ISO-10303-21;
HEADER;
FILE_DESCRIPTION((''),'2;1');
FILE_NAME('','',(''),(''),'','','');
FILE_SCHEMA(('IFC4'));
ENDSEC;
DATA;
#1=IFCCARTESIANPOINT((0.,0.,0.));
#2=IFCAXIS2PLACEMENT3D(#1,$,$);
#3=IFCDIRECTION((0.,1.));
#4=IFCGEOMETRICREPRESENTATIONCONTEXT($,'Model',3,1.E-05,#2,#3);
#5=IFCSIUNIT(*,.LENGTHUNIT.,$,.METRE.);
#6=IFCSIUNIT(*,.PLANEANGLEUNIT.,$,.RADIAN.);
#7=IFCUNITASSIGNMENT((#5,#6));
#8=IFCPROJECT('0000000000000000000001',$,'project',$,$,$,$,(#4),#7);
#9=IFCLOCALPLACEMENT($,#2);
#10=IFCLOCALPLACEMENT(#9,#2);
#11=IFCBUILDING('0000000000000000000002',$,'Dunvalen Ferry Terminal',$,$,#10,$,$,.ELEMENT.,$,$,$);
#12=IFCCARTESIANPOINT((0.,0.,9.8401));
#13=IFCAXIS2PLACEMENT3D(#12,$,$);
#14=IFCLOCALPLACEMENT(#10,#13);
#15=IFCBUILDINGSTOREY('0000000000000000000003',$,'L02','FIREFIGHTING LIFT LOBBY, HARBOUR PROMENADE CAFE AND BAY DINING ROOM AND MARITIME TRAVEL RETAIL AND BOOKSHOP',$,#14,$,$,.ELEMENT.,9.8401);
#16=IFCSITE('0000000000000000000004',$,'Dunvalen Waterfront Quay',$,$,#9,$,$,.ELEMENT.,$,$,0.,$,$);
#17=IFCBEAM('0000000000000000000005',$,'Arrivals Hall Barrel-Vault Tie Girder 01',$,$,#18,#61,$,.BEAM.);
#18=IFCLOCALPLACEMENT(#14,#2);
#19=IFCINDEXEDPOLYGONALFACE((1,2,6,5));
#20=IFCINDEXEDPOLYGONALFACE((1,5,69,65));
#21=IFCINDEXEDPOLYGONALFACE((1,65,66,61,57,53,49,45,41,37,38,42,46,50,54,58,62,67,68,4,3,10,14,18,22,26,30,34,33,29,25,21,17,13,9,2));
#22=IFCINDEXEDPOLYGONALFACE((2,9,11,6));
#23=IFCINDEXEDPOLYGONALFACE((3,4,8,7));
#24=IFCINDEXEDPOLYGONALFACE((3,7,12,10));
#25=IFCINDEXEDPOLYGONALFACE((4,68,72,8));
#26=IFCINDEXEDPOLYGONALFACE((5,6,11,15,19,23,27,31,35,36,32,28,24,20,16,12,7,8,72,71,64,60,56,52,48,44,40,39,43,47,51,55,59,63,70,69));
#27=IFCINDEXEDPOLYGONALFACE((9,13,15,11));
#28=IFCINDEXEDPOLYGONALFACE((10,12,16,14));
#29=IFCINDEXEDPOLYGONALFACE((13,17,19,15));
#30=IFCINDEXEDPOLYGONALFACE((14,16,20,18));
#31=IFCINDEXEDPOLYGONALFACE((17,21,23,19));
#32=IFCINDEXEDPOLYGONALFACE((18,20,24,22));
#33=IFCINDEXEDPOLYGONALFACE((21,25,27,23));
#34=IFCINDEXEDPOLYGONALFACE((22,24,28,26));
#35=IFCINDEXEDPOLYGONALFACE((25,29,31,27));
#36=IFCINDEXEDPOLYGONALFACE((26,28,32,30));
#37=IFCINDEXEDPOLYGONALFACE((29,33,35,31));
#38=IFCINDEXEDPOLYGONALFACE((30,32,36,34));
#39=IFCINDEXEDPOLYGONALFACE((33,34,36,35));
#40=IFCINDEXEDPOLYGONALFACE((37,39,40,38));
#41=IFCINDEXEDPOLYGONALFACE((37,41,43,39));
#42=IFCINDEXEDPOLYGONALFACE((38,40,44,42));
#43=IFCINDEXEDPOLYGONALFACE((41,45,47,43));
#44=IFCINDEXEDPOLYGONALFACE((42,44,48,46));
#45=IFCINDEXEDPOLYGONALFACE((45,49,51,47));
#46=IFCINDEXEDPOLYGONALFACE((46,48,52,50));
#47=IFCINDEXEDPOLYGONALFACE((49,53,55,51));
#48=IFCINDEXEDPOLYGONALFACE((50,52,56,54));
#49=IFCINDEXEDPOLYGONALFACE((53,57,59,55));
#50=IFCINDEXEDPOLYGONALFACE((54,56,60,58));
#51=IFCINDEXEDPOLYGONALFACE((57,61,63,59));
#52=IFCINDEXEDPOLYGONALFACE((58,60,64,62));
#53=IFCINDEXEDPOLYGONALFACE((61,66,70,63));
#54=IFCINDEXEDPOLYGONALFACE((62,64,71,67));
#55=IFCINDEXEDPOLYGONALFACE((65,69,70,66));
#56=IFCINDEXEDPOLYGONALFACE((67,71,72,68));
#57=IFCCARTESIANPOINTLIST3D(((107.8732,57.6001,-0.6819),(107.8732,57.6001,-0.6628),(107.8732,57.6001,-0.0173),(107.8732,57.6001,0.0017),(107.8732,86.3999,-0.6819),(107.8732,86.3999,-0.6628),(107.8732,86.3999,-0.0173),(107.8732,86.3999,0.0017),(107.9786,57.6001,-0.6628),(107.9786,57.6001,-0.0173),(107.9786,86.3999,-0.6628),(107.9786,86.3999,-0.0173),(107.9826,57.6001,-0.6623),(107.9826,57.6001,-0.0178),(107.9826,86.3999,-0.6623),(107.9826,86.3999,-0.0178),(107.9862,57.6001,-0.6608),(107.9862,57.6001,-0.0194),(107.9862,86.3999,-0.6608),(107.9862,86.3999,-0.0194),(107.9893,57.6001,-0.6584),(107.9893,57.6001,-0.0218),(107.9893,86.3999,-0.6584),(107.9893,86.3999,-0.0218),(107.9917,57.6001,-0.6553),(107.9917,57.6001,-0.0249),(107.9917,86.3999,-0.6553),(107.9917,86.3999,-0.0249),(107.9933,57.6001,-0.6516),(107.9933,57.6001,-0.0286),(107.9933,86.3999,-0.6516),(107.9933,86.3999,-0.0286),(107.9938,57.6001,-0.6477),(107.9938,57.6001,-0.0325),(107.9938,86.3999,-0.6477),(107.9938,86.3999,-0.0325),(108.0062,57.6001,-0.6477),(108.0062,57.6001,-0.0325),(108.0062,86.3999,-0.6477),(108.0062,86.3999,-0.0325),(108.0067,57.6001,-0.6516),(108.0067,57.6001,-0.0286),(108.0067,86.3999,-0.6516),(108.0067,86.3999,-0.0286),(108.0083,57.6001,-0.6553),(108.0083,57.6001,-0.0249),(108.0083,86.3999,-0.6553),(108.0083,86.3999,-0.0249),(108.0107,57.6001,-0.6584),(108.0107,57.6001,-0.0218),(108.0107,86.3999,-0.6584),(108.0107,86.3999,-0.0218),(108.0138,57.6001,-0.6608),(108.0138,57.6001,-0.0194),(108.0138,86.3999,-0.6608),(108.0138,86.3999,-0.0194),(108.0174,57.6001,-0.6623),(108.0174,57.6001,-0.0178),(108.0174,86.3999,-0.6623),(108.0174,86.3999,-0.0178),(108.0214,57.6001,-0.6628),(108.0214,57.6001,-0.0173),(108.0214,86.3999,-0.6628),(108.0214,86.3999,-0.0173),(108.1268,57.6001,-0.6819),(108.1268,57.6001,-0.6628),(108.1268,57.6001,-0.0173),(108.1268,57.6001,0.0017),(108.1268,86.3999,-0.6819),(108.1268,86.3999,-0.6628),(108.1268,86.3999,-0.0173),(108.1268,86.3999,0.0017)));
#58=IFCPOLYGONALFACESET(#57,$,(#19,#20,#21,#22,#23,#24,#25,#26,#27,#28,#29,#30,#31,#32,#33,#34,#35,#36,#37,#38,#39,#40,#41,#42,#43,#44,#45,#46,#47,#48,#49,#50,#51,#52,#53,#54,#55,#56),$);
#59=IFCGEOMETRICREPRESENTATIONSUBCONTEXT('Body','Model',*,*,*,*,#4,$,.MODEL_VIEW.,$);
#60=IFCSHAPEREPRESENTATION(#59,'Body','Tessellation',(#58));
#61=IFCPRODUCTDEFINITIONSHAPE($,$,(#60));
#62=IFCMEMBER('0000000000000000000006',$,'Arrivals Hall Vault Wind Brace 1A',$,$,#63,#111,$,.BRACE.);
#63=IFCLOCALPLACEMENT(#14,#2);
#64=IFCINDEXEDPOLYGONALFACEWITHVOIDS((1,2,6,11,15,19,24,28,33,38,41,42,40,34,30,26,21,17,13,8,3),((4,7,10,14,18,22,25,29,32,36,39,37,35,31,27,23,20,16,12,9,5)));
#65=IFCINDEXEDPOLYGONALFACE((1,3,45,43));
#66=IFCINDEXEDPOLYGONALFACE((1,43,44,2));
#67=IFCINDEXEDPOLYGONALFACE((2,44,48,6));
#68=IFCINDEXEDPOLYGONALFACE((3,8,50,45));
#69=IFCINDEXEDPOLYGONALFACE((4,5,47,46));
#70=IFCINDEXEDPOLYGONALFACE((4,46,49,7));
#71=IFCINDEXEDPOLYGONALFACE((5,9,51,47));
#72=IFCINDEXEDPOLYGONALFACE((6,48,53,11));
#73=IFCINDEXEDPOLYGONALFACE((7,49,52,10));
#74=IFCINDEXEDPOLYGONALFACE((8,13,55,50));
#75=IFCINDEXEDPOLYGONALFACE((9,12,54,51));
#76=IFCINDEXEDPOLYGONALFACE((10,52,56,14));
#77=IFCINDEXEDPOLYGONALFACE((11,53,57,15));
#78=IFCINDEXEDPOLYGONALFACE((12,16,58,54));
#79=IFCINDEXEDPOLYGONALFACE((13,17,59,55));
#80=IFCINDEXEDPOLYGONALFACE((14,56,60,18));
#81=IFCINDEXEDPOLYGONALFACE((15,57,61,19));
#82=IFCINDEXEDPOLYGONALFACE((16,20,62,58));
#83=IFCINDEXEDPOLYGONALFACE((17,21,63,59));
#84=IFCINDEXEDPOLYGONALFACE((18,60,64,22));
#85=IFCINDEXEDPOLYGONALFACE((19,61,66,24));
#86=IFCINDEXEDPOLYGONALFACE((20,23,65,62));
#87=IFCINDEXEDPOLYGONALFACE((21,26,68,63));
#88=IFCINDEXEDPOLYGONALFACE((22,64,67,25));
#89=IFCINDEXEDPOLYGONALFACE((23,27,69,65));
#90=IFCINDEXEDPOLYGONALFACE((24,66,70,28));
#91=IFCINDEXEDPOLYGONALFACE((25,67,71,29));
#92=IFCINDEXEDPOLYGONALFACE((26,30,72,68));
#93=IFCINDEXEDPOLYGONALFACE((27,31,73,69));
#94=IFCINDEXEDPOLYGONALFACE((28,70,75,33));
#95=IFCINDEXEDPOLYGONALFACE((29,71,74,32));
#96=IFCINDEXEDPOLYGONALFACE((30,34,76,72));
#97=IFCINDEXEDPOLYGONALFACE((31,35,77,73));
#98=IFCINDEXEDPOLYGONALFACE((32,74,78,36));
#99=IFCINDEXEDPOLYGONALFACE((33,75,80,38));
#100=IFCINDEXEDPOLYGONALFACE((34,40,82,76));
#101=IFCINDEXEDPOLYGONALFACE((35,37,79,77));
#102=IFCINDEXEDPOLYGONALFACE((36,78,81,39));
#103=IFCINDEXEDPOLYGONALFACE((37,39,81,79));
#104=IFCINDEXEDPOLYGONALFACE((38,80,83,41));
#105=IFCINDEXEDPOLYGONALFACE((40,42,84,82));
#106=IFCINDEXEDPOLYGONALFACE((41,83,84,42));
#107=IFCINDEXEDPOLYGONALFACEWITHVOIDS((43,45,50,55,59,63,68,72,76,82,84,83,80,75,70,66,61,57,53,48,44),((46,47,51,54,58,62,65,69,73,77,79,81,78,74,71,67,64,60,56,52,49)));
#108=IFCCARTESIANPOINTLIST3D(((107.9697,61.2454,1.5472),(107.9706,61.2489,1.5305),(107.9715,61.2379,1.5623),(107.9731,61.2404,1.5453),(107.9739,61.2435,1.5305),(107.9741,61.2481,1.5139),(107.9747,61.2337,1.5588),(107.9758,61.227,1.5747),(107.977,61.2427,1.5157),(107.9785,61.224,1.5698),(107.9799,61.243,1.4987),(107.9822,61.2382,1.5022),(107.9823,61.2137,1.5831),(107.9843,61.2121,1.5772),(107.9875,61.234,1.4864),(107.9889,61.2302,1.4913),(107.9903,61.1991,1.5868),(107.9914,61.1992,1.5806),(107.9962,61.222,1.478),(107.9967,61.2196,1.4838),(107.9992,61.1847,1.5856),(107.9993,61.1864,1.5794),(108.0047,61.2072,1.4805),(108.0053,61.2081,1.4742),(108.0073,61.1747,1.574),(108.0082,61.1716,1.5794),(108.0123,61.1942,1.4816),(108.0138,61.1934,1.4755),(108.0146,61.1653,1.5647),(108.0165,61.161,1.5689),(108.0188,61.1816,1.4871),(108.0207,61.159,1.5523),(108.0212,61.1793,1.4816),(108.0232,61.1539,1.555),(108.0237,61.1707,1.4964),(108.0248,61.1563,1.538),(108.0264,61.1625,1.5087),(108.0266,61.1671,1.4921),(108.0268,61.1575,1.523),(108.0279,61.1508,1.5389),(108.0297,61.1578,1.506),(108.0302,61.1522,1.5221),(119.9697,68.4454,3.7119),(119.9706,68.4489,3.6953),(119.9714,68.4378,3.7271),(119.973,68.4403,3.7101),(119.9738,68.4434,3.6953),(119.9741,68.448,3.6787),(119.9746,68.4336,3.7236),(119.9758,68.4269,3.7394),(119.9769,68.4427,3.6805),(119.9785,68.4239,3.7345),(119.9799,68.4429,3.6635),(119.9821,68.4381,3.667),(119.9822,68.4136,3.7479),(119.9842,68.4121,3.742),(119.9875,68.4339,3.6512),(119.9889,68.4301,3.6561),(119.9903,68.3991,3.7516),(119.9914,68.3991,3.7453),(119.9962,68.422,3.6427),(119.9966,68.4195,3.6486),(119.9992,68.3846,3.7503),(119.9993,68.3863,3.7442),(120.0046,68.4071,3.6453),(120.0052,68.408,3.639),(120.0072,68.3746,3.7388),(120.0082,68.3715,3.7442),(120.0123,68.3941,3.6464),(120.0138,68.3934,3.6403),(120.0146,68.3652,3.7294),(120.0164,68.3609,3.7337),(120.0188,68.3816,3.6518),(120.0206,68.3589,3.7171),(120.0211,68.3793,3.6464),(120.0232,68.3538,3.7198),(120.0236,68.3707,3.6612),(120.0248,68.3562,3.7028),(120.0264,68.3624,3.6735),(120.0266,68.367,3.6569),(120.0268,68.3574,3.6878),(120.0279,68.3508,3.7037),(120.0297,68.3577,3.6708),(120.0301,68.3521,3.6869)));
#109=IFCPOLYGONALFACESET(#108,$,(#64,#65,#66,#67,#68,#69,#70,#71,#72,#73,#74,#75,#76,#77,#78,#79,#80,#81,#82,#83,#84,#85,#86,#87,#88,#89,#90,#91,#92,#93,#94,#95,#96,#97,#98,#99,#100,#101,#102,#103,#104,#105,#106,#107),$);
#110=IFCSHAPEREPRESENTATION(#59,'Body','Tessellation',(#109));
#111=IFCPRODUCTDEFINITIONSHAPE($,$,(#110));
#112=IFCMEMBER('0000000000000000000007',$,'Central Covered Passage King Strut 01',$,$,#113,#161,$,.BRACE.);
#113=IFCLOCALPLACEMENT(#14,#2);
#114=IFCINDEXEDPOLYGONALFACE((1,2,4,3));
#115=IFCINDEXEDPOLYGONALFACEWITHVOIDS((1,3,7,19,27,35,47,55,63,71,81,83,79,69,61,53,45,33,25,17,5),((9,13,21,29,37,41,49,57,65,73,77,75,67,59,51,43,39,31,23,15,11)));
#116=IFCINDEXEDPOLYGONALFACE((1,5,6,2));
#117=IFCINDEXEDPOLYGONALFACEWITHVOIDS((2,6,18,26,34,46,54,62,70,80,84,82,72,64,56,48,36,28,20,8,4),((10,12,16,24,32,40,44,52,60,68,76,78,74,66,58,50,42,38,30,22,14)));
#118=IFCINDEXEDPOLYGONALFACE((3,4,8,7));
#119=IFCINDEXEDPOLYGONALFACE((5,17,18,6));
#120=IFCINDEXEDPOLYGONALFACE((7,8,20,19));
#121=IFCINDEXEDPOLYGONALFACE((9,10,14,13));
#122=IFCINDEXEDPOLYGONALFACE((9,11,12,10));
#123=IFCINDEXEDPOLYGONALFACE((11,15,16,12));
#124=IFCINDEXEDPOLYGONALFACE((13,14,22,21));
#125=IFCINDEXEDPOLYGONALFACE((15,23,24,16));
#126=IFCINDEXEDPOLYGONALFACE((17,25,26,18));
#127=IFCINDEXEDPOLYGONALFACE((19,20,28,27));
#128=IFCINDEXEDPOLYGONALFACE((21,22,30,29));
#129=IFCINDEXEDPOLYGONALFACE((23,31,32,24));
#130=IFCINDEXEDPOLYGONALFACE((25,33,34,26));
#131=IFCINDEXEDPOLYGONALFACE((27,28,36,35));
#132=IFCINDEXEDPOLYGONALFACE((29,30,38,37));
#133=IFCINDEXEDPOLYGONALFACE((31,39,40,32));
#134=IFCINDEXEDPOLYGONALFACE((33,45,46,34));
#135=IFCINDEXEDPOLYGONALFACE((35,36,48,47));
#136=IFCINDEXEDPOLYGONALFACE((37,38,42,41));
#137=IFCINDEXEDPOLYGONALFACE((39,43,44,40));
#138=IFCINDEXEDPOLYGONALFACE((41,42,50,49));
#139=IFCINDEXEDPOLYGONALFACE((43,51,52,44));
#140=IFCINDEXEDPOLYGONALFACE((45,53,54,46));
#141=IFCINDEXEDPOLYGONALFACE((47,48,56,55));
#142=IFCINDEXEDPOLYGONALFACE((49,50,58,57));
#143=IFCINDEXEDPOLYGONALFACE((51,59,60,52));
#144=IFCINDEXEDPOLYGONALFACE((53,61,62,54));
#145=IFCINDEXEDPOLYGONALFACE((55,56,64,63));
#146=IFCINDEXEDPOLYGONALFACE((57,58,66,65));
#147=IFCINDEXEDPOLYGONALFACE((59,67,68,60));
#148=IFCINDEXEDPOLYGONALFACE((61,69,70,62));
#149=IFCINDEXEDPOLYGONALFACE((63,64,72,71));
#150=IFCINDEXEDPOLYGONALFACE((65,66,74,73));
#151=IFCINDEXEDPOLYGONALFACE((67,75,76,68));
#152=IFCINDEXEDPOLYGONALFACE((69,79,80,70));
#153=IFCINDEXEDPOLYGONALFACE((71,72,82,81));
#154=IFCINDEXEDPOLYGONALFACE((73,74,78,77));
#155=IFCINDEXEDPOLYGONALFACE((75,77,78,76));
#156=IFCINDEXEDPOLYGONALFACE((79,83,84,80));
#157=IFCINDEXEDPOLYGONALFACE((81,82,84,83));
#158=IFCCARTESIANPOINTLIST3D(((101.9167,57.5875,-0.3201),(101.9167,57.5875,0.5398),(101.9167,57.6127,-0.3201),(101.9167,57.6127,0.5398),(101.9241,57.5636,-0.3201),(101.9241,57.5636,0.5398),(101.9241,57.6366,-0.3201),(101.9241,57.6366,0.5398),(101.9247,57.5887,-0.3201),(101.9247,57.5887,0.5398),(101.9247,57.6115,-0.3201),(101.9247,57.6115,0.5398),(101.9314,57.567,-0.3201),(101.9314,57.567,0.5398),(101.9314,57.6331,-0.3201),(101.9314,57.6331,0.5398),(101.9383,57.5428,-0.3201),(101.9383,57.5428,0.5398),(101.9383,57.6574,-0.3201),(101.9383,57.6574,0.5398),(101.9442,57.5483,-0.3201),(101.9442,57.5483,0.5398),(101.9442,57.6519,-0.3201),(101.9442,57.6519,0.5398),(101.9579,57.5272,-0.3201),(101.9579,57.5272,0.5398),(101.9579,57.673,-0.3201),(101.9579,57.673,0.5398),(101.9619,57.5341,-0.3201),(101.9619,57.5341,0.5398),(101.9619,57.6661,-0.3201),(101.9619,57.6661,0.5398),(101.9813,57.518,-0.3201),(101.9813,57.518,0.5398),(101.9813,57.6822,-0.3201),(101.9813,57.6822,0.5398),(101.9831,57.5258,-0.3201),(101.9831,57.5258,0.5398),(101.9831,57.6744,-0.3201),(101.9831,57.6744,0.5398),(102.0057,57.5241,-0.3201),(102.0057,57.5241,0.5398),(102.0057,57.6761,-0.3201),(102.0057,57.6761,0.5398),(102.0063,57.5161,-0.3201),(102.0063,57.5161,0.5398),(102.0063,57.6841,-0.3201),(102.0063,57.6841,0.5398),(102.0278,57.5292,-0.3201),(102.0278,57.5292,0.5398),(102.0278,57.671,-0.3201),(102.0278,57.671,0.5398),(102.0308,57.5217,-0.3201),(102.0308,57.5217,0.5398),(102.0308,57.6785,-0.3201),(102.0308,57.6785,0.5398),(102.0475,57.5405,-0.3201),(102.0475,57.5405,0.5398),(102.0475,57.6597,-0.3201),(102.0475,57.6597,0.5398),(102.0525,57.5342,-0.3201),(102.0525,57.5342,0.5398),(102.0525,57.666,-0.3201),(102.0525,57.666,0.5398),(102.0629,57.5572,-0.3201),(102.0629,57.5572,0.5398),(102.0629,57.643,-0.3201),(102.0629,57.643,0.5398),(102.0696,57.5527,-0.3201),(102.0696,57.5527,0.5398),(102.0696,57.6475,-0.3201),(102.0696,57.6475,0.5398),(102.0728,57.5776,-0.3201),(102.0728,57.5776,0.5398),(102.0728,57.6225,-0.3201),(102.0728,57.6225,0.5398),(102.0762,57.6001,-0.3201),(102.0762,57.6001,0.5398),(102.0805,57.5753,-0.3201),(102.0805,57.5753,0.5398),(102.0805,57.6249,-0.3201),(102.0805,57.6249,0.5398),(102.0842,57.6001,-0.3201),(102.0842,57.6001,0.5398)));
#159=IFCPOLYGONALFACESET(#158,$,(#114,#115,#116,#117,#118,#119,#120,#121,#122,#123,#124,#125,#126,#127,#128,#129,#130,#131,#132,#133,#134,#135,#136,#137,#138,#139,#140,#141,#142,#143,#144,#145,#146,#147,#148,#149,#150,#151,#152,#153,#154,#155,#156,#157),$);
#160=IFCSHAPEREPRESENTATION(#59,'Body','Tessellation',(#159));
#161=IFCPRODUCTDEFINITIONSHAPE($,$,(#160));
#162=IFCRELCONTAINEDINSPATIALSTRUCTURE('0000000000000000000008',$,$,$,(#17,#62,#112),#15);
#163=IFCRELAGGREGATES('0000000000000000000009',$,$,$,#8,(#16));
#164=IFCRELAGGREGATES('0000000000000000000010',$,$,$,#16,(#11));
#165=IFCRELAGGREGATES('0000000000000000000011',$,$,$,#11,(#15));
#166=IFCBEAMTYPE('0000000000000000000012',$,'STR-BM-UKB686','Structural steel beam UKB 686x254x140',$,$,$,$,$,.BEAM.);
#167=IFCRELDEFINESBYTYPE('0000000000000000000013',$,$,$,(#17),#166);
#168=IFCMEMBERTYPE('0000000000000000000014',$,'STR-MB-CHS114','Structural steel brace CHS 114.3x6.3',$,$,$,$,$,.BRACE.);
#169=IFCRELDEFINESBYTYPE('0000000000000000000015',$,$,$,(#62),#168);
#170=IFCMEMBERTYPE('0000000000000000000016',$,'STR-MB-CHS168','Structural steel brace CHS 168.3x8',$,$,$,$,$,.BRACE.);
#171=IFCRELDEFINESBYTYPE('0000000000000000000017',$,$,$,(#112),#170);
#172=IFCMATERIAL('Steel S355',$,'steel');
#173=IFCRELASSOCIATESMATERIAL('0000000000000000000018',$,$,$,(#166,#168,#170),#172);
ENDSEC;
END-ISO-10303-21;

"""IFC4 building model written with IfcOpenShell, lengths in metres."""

from ifc_helpers import new_model, si_unit, direction, frame, origin, origin_2d, place, context, subcontext, project, spatial, hollow_circle, i_section, extrude, material, material_profile, profile_set, type_object, element, save


model = new_model("IFC4")

# Units and contexts
model_context = context("Model", 3, precision=1e-05, world=origin(), true_north=direction((0.0, 1.0)))
body_context = subcontext(model_context, "Body", "Model", "MODEL_VIEW")
ifc_project = project(units=[si_unit("LENGTHUNIT", "METRE"), si_unit("PLANEANGLEUNIT", "RADIAN")], contexts=[model_context])

# Site, building, storey
site_placement = place(None, origin())
site = spatial("IfcSite", under=ifc_project, at=site_placement, Name="Dunvalen Waterfront Quay", CompositionType="ELEMENT", RefElevation=0.0)
building_placement = place(site_placement, origin())
building = spatial("IfcBuilding", under=site, at=building_placement, Name="Dunvalen Ferry Terminal", CompositionType="ELEMENT")
storey_placement = place(building_placement, frame((0.0, 0.0, 9.8401)))
storey = spatial("IfcBuildingStorey", under=building, at=storey_placement, Name="L02", Description="FIREFIGHTING LIFT LOBBY, HARBOUR PROMENADE CAFE AND BAY DINING ROOM AND MARITIME TRAVEL RETAIL AND BOOKSHOP", CompositionType="ELEMENT", Elevation=9.8401)

# Beam
ifc_material_1 = material(Name="Steel S355", Category="steel")
ifc_material_profile_1 = material_profile(ifc_material_1, i_section(OverallWidth=0.2537, OverallDepth=0.6836, WebThickness=0.0125, FlangeThickness=0.019, FilletRadius=0.0151, at=origin_2d()), Name="Steel S355")
ifc_profile_set_1 = profile_set([ifc_material_profile_1], Name="Steel S355")
beam_type_1 = type_object("IfcBeamType", Name="STR-BM-UKB686", Description="Structural steel beam UKB 686x254x140", PredefinedType="BEAM", material=ifc_profile_set_1)
beam_1_placement = place(storey_placement, frame((108.0, 57.6001, -0.3401), z_axis=(0.0, 1.0, 0.0), x_axis=(-1.0, 0.0, 0.0)))
element("IfcBeam", 1, at=beam_1_placement, inside=storey, type_object=beam_type_1, Name="Arrivals Hall Barrel-Vault Tie Girder 01", PredefinedType="BEAM", context=body_context, shape_type="SweptSolid", body=[
    extrude(i_section(OverallWidth=0.2537, OverallDepth=0.6836, WebThickness=0.0125, FlangeThickness=0.019, FilletRadius=0.0151, at=origin_2d()), origin(), (0.0, 0.0, 1.0), 28.7998),
])

# Members
ifc_material_profile_2 = material_profile(ifc_material_1, hollow_circle(Radius=0.0571, WallThickness=0.0063, at=origin_2d()), Name="Steel S355")
ifc_profile_set_2 = profile_set([ifc_material_profile_2], Name="Steel S355")
member_type_1 = type_object("IfcMemberType", Name="STR-MB-CHS114", Description="Structural steel brace CHS 114.3x6.3", PredefinedType="BRACE", material=ifc_profile_set_2)
member_1_placement = place(storey_placement, frame((108.0, 61.2, 1.5305), z_axis=(0.847415, 0.508446, 0.152873), x_axis=(-0.514493, 0.857494, 0.0)))
element("IfcMember", 2, at=member_1_placement, inside=storey, type_object=member_type_1, Name="Arrivals Hall Vault Wind Brace 1A", PredefinedType="BRACE", context=body_context, shape_type="SweptSolid", body=[
    extrude(hollow_circle(Radius=0.0571, WallThickness=0.0063, at=origin_2d()), origin(), (0.0, 0.0, 1.0), 14.1606),
])
ifc_material_profile_3 = material_profile(ifc_material_1, hollow_circle(Radius=0.0842, WallThickness=0.0081, at=origin_2d()), Name="Steel S355")
ifc_profile_set_3 = profile_set([ifc_material_profile_3], Name="Steel S355")
member_type_2 = type_object("IfcMemberType", Name="STR-MB-CHS168", Description="Structural steel brace CHS 168.3x8", PredefinedType="BRACE", material=ifc_profile_set_3)
member_2_placement = place(storey_placement, frame((102.0, 57.6001, -0.3201), z_axis=(0.0, 0.0, 1.0), x_axis=(1.0, 0.0, 0.0)))
element("IfcMember", 3, at=member_2_placement, inside=storey, type_object=member_type_2, Name="Central Covered Passage King Strut 01", PredefinedType="BRACE", context=body_context, shape_type="SweptSolid", body=[
    extrude(hollow_circle(Radius=0.0842, WallThickness=0.0081, at=origin_2d()), origin(), (0.0, 0.0, 1.0), 0.8599),
])

save(model, "model.ifc")
